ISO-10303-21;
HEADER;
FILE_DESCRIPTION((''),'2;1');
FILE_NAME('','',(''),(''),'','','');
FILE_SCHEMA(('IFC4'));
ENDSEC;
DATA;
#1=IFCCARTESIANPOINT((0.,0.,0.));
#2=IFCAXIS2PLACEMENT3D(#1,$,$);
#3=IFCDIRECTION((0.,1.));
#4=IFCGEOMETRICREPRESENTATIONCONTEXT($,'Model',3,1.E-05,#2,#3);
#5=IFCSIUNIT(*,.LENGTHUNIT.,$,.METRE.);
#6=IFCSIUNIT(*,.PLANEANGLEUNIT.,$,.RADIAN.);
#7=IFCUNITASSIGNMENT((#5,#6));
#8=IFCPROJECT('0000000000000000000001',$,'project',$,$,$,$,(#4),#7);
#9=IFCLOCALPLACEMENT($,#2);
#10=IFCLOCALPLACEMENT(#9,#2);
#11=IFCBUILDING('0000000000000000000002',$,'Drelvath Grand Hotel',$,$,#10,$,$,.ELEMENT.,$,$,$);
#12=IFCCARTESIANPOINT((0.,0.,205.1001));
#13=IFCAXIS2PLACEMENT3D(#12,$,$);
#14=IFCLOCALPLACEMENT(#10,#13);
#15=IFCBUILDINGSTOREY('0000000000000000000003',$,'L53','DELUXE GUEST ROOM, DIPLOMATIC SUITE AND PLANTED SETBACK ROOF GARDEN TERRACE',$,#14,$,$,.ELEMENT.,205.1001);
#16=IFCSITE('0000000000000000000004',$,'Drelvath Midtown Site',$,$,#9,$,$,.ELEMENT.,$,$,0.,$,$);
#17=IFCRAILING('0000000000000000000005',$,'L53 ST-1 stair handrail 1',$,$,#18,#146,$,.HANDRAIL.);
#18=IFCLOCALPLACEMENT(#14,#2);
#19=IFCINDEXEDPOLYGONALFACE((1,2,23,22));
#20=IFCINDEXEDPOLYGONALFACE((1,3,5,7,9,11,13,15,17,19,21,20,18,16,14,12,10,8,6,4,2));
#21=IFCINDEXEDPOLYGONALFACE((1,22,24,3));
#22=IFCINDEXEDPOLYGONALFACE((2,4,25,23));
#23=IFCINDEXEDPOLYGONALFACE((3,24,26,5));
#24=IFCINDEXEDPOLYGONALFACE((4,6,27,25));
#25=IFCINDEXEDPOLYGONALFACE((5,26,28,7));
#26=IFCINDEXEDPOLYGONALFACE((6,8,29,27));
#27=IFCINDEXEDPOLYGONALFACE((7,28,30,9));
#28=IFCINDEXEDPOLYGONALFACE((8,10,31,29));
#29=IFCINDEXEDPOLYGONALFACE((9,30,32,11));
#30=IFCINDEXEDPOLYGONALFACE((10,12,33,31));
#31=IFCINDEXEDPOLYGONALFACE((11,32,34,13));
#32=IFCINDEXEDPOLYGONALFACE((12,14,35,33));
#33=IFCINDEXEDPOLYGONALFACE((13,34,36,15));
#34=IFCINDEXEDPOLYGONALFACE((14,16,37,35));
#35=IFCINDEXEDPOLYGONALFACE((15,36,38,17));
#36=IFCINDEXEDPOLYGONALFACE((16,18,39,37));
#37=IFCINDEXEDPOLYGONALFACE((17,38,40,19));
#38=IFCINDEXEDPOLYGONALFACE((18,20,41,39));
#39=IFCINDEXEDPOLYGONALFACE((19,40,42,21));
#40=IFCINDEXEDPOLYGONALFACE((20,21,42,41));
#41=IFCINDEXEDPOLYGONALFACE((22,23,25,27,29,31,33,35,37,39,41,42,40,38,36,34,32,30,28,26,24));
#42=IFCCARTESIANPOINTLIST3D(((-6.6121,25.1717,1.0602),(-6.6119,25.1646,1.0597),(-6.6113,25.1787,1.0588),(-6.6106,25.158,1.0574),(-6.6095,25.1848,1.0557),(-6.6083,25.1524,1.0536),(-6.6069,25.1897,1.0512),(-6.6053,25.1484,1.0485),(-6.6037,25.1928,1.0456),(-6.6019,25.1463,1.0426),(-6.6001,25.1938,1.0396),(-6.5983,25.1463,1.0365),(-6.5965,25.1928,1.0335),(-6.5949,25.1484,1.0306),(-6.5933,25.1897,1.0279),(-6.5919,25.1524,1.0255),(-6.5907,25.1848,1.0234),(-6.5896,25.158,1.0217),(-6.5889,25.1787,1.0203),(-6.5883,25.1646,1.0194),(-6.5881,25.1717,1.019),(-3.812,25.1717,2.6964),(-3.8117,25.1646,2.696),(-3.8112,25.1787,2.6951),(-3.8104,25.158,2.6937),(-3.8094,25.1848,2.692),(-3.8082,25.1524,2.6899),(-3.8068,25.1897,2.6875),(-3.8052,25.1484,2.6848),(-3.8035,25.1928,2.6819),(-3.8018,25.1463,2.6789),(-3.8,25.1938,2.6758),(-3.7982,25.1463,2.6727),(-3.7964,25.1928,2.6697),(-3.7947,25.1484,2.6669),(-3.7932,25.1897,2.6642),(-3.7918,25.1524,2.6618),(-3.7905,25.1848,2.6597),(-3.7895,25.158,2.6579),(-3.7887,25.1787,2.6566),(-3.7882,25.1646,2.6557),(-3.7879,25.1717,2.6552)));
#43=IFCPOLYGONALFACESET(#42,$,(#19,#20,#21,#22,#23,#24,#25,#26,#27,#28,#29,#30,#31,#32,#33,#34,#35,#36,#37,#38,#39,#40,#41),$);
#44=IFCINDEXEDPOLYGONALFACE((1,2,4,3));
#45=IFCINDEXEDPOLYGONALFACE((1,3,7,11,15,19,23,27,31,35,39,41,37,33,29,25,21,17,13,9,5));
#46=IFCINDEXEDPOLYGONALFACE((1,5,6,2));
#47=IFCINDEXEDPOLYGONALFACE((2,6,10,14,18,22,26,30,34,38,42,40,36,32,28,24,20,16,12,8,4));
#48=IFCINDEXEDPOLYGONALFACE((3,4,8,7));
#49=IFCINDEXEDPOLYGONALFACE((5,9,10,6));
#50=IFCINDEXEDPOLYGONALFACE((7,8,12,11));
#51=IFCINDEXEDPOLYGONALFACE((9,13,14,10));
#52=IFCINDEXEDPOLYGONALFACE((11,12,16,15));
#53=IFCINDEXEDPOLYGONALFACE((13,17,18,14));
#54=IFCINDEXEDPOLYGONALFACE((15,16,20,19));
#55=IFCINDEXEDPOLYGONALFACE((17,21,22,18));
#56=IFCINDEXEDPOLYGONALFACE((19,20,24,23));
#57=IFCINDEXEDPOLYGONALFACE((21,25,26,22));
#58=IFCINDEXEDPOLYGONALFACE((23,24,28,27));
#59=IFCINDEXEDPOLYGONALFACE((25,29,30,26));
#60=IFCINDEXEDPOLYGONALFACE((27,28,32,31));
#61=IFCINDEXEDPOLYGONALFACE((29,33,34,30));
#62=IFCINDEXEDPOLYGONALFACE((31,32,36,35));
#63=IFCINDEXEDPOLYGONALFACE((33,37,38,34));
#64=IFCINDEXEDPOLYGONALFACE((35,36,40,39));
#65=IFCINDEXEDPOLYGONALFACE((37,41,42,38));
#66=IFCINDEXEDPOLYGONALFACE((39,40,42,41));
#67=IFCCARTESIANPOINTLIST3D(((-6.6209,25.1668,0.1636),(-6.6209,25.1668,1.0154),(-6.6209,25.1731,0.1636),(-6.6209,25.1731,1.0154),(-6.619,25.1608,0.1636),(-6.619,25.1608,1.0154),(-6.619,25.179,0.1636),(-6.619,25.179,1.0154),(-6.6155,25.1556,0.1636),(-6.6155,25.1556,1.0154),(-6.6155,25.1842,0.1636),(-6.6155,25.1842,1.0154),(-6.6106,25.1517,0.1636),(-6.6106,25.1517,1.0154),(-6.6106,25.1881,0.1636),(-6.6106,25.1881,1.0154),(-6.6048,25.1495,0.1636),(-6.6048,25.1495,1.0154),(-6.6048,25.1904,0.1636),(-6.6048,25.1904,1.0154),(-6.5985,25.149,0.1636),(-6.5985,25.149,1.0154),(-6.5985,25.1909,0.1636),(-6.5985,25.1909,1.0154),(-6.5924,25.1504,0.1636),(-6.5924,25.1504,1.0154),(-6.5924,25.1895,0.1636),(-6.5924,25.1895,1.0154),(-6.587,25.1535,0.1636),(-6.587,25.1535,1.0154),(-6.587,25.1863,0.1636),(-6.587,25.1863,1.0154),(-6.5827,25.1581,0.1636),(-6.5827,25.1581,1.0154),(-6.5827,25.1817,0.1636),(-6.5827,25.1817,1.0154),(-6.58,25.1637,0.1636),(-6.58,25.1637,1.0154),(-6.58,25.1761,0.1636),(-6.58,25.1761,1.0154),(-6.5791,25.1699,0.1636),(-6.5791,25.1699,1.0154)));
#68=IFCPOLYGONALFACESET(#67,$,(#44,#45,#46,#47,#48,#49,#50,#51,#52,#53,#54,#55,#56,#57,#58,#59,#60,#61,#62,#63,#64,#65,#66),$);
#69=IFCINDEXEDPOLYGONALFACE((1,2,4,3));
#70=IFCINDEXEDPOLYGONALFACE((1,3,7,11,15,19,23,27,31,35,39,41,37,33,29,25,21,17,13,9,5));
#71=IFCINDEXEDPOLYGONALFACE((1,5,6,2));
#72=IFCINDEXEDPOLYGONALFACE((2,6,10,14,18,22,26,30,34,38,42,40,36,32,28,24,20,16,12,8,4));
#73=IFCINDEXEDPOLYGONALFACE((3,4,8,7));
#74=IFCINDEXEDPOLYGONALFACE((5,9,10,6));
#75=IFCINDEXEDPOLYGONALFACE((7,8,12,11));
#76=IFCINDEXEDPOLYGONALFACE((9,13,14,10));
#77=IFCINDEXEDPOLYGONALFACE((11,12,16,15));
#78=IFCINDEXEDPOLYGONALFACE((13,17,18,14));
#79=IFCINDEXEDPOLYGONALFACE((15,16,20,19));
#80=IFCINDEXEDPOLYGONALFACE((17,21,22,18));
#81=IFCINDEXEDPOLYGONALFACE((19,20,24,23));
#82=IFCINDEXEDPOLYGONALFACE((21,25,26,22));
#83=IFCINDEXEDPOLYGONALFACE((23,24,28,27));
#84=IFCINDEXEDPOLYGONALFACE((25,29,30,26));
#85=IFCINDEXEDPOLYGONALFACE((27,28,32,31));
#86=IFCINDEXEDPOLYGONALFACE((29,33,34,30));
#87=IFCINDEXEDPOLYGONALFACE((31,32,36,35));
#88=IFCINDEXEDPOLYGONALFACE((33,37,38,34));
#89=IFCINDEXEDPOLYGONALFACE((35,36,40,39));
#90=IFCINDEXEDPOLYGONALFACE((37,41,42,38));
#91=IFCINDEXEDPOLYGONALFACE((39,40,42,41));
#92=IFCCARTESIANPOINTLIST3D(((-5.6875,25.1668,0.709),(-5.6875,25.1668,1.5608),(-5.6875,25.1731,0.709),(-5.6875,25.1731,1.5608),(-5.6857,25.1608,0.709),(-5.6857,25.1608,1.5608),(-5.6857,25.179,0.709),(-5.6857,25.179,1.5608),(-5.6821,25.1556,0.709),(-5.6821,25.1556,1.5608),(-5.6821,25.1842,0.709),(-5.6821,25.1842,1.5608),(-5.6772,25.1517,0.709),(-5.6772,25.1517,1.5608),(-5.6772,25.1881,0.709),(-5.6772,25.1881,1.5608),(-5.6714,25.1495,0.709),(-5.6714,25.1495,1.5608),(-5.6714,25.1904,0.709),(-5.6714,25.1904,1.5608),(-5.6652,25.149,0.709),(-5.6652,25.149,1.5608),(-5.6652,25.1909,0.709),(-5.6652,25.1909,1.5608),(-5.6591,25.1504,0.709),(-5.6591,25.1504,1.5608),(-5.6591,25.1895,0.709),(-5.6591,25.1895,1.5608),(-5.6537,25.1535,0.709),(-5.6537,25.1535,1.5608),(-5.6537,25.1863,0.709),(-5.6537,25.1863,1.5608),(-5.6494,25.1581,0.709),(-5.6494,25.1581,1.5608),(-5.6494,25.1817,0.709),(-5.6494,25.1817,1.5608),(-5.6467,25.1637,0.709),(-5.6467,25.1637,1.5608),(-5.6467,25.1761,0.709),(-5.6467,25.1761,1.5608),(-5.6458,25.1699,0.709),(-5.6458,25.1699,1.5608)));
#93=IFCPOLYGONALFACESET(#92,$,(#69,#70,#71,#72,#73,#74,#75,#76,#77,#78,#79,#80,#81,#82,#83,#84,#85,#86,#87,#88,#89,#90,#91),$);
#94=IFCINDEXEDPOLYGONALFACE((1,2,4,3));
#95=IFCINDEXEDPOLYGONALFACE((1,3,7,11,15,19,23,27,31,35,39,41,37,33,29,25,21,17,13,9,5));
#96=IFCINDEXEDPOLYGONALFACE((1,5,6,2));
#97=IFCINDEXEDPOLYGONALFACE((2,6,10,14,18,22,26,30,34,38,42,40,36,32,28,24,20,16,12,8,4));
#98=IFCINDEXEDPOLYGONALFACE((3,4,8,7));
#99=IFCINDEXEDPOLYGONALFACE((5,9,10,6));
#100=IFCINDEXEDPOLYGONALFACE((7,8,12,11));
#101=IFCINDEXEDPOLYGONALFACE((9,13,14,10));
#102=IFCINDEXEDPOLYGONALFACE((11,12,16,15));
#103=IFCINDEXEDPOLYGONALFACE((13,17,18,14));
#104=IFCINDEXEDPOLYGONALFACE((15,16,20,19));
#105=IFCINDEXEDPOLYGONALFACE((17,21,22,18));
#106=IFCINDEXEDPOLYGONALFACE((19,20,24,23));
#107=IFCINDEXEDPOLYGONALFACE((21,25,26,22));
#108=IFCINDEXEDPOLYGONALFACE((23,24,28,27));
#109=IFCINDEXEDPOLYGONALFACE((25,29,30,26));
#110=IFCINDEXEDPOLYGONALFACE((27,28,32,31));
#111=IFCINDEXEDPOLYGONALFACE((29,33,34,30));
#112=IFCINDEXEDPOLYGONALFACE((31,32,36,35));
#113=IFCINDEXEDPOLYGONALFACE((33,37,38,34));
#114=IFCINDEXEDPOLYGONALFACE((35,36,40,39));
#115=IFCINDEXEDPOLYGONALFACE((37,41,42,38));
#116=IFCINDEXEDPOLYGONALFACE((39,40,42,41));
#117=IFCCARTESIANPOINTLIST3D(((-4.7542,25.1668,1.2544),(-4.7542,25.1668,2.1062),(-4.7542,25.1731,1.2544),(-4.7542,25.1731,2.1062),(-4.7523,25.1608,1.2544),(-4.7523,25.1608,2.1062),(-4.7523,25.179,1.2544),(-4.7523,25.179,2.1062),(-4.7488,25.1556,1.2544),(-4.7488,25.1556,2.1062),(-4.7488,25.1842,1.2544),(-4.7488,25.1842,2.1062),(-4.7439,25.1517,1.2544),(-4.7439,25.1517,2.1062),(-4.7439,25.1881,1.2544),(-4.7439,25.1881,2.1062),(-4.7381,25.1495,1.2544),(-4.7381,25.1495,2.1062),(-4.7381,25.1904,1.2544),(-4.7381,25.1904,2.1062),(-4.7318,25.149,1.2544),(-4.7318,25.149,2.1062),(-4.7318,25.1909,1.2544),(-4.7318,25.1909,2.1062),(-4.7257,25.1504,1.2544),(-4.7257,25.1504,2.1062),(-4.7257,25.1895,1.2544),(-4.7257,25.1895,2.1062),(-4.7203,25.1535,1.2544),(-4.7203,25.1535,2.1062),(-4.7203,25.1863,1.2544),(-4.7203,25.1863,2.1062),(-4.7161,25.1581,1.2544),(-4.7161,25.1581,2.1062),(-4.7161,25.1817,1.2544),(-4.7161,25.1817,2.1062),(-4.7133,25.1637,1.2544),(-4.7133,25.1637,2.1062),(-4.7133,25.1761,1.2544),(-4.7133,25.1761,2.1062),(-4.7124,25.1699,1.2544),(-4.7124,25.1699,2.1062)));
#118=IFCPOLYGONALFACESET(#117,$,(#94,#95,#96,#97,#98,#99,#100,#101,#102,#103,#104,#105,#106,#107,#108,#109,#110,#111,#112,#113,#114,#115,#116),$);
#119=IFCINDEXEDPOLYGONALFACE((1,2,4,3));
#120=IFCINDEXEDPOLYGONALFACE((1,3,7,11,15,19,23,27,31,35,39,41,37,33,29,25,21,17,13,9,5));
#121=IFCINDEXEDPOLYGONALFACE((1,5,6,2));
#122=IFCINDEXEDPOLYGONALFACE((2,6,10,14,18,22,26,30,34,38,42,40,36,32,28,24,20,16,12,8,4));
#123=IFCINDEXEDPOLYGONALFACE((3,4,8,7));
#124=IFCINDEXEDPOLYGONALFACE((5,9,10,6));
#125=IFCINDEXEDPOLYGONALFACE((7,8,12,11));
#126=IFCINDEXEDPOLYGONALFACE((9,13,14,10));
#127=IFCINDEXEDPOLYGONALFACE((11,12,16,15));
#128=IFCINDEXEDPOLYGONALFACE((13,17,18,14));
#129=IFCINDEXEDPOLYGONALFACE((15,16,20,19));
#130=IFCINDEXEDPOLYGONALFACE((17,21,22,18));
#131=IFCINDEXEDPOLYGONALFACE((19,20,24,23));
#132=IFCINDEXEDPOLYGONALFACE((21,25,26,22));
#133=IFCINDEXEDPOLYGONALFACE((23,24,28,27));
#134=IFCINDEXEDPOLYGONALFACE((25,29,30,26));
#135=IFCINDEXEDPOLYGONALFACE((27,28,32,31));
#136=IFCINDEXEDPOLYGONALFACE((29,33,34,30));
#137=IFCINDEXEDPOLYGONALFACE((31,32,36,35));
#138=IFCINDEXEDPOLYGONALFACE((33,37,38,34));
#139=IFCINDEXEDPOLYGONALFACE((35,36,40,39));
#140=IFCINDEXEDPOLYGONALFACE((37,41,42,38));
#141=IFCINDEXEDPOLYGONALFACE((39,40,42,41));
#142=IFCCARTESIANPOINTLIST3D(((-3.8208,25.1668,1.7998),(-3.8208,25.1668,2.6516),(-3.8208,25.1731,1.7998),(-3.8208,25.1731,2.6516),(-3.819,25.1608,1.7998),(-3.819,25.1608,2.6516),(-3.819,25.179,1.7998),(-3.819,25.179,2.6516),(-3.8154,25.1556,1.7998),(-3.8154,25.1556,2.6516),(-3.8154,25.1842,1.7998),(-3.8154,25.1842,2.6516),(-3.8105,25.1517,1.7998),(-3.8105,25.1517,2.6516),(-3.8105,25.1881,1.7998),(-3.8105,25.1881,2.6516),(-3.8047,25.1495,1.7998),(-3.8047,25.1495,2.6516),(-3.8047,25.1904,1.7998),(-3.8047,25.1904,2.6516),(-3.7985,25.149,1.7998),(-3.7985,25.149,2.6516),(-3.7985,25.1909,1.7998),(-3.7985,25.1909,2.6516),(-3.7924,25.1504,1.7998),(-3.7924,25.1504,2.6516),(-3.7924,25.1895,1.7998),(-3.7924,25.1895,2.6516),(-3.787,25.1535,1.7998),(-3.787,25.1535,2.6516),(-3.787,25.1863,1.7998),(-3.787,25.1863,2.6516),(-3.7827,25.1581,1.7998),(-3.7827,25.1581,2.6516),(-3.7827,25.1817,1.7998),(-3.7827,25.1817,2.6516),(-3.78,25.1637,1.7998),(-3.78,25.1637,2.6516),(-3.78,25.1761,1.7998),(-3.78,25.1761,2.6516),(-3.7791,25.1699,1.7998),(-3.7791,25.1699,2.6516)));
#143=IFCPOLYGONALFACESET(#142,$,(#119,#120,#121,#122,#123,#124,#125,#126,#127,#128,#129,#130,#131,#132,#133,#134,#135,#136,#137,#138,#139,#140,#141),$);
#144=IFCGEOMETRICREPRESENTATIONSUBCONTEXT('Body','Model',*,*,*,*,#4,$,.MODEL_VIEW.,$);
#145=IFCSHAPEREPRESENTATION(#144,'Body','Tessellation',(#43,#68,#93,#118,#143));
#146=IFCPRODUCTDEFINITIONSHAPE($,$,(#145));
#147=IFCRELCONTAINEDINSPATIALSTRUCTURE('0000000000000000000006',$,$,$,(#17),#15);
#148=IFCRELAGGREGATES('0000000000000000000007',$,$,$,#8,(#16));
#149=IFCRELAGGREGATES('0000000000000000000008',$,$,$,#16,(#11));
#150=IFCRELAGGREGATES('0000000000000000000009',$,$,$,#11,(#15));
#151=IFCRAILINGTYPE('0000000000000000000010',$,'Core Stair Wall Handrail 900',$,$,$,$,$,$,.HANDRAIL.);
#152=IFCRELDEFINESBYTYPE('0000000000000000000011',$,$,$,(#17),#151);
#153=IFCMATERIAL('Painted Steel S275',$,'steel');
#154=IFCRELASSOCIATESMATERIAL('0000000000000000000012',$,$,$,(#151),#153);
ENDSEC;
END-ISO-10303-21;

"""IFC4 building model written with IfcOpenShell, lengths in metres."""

from ifc_helpers import new_model, si_unit, direction, frame, origin, origin_2d, place, context, subcontext, project, spatial, circle, extrude, material, type_object, element, save


model = new_model("IFC4")

# Units and contexts
model_context = context("Model", 3, precision=1e-05, world=origin(), true_north=direction((0.0, 1.0)))
body_context = subcontext(model_context, "Body", "Model", "MODEL_VIEW")
ifc_project = project(units=[si_unit("LENGTHUNIT", "METRE"), si_unit("PLANEANGLEUNIT", "RADIAN")], contexts=[model_context])

# Site, building, storey
site_placement = place(None, origin())
site = spatial("IfcSite", under=ifc_project, at=site_placement, Name="Drelvath Midtown Site", CompositionType="ELEMENT", RefElevation=0.0)
building_placement = place(site_placement, origin())
building = spatial("IfcBuilding", under=site, at=building_placement, Name="Drelvath Grand Hotel", CompositionType="ELEMENT")
storey_placement = place(building_placement, frame((0.0, 0.0, 205.1001)))
storey = spatial("IfcBuildingStorey", under=building, at=storey_placement, Name="L53", Description="DELUXE GUEST ROOM, DIPLOMATIC SUITE AND PLANTED SETBACK ROOF GARDEN TERRACE", CompositionType="ELEMENT", Elevation=205.1001)

# Shared definitions
ifc_material_1 = material(Name="Painted Steel S275", Category="steel")

# Railing
railing_type_1 = type_object("IfcRailingType", Name="Core Stair Wall Handrail 900", PredefinedType="HANDRAIL", material=ifc_material_1)
railing_1_placement = place(storey_placement, frame((-6.6001, 25.1699, 0.1636)))
element("IfcRailing", 1, at=railing_1_placement, inside=storey, type_object=railing_type_1, Name="L53 ST-1 stair handrail 1", PredefinedType="HANDRAIL", context=body_context, shape_type="SweptSolid", body=[
    extrude(circle(Radius=0.0239, at=origin_2d()), frame((0.0, 0.0, 0.876), z_axis=(0.863394, 0.0, 0.504531), x_axis=(0.0, 1.0, 0.0)), (0.0, 0.0, 1.0), 3.2432),
    extrude(circle(Radius=0.021, at=origin_2d()), origin(), (0.0, 0.0, 1.0), 0.8518),
    extrude(circle(Radius=0.021, at=origin_2d()), frame((0.9333, 0.0, 0.5454)), (0.0, 0.0, 1.0), 0.8518),
    extrude(circle(Radius=0.021, at=origin_2d()), frame((1.8667, 0.0, 1.0908)), (0.0, 0.0, 1.0), 0.8518),
    extrude(circle(Radius=0.021, at=origin_2d()), frame((2.8, 0.0, 1.6362)), (0.0, 0.0, 1.0), 0.8518),
])

save(model, "model.ifc")
